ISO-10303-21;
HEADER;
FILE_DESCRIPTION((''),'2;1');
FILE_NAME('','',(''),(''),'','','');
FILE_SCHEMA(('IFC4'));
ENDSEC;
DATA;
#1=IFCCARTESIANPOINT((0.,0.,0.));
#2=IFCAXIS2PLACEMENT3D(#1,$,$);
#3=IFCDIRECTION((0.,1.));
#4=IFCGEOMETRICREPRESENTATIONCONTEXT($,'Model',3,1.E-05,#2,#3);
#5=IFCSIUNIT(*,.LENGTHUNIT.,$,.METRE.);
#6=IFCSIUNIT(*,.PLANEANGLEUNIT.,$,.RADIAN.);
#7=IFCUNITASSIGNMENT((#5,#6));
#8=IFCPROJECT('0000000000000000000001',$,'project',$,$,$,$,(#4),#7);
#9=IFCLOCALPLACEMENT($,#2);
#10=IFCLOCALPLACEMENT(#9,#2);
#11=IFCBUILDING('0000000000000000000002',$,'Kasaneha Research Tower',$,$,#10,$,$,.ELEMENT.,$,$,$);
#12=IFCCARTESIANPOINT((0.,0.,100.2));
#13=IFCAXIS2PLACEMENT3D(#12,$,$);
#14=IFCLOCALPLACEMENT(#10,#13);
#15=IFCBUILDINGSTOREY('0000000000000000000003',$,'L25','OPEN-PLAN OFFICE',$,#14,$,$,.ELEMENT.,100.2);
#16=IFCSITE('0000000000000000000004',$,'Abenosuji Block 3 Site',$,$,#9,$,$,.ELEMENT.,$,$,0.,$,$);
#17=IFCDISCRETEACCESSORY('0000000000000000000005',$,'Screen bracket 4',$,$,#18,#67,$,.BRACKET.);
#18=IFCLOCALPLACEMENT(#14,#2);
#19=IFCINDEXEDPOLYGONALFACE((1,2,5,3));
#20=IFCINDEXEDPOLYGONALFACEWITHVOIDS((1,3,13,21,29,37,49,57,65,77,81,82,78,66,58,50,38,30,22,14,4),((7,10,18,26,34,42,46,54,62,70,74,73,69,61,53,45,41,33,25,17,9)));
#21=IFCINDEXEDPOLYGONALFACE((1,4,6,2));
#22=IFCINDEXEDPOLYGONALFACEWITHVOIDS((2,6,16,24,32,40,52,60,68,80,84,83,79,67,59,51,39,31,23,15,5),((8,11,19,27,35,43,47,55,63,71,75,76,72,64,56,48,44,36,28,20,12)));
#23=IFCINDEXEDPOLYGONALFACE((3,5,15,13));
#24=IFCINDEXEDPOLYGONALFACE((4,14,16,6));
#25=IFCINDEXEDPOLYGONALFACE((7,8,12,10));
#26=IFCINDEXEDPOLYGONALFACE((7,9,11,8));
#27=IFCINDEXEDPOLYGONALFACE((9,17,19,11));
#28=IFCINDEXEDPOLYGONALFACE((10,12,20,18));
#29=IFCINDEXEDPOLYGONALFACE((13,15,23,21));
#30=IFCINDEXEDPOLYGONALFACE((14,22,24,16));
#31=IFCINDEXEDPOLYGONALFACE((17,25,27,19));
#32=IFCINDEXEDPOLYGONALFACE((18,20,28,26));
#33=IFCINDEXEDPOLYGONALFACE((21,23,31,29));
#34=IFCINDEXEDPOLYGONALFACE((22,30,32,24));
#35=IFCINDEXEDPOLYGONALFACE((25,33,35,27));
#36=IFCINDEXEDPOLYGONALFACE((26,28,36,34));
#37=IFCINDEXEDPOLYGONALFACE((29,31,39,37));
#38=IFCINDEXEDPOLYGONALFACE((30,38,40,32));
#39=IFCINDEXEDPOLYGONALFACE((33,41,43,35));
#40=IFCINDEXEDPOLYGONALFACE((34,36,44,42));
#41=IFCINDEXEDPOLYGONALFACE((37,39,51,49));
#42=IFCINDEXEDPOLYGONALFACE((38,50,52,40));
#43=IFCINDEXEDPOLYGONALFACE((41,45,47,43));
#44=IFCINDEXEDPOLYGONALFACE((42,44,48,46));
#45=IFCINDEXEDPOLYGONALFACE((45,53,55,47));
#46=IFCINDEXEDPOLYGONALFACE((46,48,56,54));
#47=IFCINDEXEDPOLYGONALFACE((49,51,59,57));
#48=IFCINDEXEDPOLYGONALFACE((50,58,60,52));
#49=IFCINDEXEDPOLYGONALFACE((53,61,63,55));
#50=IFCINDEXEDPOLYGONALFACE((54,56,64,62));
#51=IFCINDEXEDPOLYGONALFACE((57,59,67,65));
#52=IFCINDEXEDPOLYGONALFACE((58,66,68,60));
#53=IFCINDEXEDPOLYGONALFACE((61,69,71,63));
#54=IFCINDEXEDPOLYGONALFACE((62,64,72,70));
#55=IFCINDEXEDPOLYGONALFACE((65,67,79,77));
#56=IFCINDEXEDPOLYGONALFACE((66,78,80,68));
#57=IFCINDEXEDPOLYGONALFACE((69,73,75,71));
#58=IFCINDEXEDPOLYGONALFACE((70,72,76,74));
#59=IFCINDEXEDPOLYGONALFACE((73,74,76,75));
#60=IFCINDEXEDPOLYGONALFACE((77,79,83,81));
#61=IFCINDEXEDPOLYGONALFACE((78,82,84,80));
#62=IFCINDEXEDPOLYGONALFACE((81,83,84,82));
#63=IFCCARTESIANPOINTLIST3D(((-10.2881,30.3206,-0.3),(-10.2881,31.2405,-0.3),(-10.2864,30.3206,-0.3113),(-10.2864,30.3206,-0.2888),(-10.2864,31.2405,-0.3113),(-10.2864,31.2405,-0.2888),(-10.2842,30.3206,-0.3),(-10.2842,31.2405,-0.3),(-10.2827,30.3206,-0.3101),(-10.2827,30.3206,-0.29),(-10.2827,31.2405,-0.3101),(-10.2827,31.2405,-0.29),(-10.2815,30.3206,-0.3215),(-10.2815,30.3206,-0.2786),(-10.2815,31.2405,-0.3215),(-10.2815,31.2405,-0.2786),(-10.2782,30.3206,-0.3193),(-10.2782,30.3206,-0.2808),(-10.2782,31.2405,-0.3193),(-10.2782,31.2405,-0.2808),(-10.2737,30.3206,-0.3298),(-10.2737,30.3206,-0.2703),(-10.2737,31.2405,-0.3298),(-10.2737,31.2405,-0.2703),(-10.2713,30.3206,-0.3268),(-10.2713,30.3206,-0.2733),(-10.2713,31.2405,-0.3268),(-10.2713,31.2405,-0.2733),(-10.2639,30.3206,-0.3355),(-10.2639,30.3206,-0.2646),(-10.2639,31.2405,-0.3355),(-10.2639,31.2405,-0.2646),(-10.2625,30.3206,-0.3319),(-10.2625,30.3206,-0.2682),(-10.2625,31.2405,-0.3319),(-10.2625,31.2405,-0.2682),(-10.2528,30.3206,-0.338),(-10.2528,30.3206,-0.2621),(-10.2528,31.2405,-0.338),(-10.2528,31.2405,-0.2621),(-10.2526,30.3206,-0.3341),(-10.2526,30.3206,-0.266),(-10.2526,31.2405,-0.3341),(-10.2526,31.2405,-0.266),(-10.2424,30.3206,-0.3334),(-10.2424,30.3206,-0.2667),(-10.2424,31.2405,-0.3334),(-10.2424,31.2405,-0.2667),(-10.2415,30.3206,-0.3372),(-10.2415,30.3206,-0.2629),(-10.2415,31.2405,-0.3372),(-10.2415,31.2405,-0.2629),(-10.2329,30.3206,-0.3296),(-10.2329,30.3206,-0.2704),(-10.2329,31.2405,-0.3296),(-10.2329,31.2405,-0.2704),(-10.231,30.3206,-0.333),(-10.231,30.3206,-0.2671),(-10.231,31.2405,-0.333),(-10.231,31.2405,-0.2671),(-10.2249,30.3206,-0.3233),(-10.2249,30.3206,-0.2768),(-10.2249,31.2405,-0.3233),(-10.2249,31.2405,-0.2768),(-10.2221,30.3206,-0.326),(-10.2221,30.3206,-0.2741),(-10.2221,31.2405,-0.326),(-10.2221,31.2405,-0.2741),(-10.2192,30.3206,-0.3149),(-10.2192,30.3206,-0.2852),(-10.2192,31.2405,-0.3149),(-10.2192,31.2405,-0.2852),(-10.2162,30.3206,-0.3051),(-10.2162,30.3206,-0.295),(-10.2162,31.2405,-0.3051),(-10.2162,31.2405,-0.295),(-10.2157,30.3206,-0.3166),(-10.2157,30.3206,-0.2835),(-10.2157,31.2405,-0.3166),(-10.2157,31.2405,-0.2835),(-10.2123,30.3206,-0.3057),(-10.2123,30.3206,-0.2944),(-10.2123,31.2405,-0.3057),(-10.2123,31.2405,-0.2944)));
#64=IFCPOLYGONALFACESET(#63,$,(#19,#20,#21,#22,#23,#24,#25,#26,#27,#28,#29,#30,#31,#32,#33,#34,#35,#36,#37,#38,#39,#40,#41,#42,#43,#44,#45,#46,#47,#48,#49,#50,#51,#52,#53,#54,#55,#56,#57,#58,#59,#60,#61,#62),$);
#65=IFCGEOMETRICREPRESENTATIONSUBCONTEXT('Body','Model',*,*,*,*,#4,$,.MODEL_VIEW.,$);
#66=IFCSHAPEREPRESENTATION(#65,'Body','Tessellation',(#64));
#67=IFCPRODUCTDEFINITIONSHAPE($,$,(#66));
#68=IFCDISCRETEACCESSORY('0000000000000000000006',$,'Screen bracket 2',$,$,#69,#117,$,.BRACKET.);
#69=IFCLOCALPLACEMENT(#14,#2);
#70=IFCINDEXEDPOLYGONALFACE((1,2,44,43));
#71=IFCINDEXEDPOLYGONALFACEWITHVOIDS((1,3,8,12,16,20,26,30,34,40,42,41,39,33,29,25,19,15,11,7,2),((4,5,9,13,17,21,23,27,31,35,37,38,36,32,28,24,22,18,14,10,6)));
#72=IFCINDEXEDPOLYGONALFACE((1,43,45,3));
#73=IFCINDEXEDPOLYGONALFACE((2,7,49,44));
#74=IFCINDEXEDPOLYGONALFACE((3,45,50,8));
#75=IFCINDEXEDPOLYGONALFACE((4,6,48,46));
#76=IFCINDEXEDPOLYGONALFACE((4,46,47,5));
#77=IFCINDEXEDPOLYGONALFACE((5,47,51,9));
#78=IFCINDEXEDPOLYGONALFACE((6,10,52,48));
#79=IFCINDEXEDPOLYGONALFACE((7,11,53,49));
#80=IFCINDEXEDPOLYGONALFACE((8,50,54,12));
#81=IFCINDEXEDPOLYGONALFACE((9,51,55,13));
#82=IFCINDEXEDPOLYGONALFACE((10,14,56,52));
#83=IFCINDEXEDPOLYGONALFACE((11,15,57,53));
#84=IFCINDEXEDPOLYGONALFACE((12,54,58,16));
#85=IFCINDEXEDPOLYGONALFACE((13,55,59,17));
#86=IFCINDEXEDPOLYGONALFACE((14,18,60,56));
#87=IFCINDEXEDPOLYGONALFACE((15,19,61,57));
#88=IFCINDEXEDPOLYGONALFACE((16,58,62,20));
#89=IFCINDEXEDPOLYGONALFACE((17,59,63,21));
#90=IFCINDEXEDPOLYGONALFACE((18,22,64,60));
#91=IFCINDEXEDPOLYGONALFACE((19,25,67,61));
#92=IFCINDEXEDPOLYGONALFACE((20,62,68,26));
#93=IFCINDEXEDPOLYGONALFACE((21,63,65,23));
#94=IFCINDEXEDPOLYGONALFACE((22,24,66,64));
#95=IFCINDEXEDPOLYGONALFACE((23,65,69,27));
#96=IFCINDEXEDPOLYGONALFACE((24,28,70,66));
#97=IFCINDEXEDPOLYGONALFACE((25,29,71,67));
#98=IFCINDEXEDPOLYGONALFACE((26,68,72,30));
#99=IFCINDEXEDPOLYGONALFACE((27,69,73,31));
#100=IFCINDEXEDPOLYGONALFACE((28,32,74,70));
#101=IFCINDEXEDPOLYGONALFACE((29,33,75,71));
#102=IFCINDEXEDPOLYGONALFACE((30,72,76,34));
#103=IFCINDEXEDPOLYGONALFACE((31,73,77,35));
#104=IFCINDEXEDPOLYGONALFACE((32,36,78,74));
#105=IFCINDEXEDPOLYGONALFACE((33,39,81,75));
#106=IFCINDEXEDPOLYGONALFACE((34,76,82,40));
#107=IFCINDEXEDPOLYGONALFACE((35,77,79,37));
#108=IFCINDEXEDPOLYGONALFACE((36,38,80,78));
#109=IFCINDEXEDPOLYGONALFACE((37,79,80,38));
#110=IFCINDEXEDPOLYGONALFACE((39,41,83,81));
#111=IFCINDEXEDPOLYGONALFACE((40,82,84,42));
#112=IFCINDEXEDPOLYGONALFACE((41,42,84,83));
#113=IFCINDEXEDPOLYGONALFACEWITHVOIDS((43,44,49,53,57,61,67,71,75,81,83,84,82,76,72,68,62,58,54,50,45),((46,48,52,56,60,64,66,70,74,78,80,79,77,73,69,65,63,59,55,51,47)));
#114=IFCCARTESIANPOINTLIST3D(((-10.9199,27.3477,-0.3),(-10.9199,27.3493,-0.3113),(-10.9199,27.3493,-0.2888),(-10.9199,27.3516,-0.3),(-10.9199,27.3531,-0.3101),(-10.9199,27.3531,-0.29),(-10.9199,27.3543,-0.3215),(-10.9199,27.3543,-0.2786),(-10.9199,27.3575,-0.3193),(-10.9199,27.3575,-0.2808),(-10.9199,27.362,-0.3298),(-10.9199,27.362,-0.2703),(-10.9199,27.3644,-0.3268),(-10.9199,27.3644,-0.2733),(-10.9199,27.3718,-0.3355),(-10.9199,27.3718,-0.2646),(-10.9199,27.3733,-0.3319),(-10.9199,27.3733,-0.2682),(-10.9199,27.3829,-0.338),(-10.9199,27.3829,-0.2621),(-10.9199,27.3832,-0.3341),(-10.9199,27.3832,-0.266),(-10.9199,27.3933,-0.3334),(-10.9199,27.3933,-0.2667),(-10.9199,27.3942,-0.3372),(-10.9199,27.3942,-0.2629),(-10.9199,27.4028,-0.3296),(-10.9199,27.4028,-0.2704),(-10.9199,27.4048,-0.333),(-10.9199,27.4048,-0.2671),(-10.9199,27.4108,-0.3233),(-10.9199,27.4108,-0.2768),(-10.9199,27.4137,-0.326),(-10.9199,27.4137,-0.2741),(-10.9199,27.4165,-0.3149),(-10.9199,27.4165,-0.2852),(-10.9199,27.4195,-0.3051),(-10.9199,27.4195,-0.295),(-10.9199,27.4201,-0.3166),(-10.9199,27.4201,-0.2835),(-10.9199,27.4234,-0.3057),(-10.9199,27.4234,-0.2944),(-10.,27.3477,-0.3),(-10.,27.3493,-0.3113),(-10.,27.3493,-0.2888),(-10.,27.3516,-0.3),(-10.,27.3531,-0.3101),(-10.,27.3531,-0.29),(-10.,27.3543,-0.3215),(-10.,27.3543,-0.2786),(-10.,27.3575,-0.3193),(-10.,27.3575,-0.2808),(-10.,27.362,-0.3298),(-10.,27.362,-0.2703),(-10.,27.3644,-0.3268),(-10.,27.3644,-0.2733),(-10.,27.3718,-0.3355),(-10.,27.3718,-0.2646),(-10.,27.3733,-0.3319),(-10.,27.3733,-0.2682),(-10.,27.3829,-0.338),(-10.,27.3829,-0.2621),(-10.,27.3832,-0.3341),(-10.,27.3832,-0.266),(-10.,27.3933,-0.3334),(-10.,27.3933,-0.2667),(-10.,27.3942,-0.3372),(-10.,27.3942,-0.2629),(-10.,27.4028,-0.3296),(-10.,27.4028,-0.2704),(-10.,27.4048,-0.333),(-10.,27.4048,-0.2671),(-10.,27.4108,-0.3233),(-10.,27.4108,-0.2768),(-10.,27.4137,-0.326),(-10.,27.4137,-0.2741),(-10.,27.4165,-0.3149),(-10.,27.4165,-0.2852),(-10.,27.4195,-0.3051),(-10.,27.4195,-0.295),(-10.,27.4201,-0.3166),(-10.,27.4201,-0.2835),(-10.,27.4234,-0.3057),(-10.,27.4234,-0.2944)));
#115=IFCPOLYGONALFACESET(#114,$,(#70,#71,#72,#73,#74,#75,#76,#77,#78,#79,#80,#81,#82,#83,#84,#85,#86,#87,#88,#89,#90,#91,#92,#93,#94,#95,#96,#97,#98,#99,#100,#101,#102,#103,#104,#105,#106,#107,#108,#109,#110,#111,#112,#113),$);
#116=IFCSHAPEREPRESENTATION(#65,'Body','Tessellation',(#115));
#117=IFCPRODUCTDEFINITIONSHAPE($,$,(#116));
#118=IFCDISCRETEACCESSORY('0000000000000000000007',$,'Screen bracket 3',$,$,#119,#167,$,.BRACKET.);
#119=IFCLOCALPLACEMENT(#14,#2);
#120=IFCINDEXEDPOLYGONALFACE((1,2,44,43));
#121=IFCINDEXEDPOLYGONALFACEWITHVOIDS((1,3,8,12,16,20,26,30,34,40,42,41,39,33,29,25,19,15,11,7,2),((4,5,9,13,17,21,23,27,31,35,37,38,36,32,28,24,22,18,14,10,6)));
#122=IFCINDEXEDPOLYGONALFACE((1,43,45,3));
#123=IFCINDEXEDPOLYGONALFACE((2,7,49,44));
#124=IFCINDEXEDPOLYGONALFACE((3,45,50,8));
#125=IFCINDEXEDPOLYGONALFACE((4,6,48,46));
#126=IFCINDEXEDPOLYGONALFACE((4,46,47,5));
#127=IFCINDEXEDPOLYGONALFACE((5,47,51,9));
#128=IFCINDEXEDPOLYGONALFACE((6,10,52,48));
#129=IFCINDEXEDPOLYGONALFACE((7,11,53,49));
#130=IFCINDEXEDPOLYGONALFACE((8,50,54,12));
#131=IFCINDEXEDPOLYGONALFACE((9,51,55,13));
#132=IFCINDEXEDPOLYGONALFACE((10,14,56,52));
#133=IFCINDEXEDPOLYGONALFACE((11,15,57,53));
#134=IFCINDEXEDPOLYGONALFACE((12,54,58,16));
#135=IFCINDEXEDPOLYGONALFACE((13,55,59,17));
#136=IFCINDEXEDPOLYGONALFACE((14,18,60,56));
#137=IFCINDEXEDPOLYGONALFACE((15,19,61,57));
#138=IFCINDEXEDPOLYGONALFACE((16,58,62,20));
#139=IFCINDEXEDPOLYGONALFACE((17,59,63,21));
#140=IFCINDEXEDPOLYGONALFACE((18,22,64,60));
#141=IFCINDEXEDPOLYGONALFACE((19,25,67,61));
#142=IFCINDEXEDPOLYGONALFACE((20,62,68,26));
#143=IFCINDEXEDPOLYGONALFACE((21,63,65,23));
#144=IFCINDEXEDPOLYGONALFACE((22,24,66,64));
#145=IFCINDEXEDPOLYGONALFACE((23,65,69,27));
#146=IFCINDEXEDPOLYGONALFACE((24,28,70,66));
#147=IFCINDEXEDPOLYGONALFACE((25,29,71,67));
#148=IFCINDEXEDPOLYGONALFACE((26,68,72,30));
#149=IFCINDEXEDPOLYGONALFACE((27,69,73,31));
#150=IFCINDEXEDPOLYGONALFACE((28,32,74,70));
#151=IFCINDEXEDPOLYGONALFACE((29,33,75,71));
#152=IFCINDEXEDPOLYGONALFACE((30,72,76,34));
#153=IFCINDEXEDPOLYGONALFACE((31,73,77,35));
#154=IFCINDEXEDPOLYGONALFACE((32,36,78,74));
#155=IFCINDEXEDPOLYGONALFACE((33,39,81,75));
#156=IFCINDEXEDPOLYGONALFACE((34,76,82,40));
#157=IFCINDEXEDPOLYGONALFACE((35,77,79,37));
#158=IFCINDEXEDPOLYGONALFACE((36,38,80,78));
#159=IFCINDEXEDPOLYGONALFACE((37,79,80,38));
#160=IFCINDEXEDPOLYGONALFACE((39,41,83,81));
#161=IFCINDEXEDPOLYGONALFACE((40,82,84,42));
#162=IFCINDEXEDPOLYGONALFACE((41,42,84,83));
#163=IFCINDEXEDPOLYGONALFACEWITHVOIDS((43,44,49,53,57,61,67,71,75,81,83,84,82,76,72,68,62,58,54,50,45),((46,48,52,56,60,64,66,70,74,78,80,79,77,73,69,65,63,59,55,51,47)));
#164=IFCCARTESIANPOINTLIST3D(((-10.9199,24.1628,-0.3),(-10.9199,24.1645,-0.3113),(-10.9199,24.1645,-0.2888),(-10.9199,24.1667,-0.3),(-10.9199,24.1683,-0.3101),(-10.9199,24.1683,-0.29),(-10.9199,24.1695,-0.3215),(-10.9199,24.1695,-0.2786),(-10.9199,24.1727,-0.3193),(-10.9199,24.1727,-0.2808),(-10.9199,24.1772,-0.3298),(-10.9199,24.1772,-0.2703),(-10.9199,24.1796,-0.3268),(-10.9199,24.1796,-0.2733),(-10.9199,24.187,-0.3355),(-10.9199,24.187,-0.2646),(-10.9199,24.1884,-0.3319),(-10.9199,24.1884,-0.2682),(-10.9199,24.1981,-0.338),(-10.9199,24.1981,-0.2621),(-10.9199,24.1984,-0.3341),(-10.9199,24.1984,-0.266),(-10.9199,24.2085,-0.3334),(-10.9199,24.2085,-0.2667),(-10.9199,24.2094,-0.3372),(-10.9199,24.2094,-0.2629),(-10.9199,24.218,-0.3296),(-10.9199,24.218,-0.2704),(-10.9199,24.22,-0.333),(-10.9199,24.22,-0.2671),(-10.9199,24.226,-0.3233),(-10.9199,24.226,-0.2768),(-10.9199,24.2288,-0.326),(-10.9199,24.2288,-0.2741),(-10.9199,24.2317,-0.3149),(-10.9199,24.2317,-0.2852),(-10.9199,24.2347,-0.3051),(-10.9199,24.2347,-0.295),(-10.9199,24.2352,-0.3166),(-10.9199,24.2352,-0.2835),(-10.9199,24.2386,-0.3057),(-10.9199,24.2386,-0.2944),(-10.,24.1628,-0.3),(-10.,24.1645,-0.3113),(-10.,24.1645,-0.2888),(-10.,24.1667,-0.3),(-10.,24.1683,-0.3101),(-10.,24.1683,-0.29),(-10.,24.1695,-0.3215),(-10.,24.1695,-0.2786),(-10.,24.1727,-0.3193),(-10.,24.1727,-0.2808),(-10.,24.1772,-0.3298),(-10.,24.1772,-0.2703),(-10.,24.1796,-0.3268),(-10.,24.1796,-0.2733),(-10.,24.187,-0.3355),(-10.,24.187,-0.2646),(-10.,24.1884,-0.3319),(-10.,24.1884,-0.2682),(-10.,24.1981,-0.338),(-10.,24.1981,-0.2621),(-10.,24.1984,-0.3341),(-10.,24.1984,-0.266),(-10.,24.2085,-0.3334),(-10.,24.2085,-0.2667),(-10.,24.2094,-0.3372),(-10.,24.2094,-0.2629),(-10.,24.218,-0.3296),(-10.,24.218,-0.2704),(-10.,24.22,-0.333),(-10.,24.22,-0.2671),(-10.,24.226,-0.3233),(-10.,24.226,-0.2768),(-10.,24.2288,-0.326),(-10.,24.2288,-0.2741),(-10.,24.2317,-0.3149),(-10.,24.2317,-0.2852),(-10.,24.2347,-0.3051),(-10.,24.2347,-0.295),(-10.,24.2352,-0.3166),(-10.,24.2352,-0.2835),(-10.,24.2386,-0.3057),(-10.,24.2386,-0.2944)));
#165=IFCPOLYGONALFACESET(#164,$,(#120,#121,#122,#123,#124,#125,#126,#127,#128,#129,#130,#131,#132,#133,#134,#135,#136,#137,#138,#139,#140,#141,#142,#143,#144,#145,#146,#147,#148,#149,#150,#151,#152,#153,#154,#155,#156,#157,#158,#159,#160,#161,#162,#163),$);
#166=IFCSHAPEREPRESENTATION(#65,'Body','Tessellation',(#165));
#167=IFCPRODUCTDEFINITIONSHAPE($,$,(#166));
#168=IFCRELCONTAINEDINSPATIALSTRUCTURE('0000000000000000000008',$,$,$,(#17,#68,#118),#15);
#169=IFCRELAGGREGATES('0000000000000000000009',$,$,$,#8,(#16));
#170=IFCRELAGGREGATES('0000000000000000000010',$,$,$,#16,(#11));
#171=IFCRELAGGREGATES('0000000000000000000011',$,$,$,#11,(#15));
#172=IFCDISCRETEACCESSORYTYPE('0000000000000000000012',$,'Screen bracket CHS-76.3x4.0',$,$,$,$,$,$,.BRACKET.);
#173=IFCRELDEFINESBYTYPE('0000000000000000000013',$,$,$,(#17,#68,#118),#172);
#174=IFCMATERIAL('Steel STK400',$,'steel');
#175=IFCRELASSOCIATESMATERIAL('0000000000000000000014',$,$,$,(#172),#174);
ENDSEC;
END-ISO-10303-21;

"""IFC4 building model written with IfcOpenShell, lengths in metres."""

from ifc_helpers import new_model, si_unit, direction, frame, origin, origin_2d, place, context, subcontext, project, spatial, hollow_circle, extrude, material, material_profile, profile_set, type_object, element, save


model = new_model("IFC4")

# Units and contexts
model_context = context("Model", 3, precision=1e-05, world=origin(), true_north=direction((0.0, 1.0)))
body_context = subcontext(model_context, "Body", "Model", "MODEL_VIEW")
ifc_project = project(units=[si_unit("LENGTHUNIT", "METRE"), si_unit("PLANEANGLEUNIT", "RADIAN")], contexts=[model_context])

# Site, building, storey
site_placement = place(None, origin())
site = spatial("IfcSite", under=ifc_project, at=site_placement, Name="Abenosuji Block 3 Site", CompositionType="ELEMENT", RefElevation=0.0)
building_placement = place(site_placement, origin())
building = spatial("IfcBuilding", under=site, at=building_placement, Name="Kasaneha Research Tower", CompositionType="ELEMENT")
storey_placement = place(building_placement, frame((0.0, 0.0, 100.2)))
storey = spatial("IfcBuildingStorey", under=building, at=storey_placement, Name="L25", Description="OPEN-PLAN OFFICE", CompositionType="ELEMENT", Elevation=100.2)

# Discrete accessories
ifc_material_1 = material(Name="Steel STK400", Category="steel")
ifc_material_profile_1 = material_profile(ifc_material_1, hollow_circle(Radius=0.0381, WallThickness=0.0039, at=origin_2d()), Name="CHS-76.3x4.0")
ifc_profile_set_1 = profile_set([ifc_material_profile_1], Name="Steel STK400")
discrete_accessory_type = type_object("IfcDiscreteAccessoryType", Name="Screen bracket CHS-76.3x4.0", PredefinedType="BRACKET", material=ifc_profile_set_1)
for number, where, z_axis, x_axis, name in (
    (1, (-10.25, 30.3206, -0.3), (0.0, 1.0, 0.0), (-1.0, 0.0, 0.0), "Screen bracket 4"),
    (2, (-10.0, 27.3857, -0.3), (-1.0, 0.0, 0.0), (0.0, -1.0, 0.0), "Screen bracket 2"),
    (3, (-10.0, 24.2009, -0.3), (-1.0, 0.0, 0.0), (0.0, -1.0, 0.0), "Screen bracket 3"),
):
    element("IfcDiscreteAccessory", number, at=place(storey_placement, frame(where, z_axis=z_axis, x_axis=x_axis)), inside=storey, type_object=discrete_accessory_type, Name=name, PredefinedType="BRACKET", context=body_context, shape_type="SweptSolid", body=[
        extrude(hollow_circle(Radius=0.0381, WallThickness=0.0039, at=origin_2d()), origin(), (0.0, 0.0, 1.0), 0.9199),
    ])

save(model, "model.ifc")
